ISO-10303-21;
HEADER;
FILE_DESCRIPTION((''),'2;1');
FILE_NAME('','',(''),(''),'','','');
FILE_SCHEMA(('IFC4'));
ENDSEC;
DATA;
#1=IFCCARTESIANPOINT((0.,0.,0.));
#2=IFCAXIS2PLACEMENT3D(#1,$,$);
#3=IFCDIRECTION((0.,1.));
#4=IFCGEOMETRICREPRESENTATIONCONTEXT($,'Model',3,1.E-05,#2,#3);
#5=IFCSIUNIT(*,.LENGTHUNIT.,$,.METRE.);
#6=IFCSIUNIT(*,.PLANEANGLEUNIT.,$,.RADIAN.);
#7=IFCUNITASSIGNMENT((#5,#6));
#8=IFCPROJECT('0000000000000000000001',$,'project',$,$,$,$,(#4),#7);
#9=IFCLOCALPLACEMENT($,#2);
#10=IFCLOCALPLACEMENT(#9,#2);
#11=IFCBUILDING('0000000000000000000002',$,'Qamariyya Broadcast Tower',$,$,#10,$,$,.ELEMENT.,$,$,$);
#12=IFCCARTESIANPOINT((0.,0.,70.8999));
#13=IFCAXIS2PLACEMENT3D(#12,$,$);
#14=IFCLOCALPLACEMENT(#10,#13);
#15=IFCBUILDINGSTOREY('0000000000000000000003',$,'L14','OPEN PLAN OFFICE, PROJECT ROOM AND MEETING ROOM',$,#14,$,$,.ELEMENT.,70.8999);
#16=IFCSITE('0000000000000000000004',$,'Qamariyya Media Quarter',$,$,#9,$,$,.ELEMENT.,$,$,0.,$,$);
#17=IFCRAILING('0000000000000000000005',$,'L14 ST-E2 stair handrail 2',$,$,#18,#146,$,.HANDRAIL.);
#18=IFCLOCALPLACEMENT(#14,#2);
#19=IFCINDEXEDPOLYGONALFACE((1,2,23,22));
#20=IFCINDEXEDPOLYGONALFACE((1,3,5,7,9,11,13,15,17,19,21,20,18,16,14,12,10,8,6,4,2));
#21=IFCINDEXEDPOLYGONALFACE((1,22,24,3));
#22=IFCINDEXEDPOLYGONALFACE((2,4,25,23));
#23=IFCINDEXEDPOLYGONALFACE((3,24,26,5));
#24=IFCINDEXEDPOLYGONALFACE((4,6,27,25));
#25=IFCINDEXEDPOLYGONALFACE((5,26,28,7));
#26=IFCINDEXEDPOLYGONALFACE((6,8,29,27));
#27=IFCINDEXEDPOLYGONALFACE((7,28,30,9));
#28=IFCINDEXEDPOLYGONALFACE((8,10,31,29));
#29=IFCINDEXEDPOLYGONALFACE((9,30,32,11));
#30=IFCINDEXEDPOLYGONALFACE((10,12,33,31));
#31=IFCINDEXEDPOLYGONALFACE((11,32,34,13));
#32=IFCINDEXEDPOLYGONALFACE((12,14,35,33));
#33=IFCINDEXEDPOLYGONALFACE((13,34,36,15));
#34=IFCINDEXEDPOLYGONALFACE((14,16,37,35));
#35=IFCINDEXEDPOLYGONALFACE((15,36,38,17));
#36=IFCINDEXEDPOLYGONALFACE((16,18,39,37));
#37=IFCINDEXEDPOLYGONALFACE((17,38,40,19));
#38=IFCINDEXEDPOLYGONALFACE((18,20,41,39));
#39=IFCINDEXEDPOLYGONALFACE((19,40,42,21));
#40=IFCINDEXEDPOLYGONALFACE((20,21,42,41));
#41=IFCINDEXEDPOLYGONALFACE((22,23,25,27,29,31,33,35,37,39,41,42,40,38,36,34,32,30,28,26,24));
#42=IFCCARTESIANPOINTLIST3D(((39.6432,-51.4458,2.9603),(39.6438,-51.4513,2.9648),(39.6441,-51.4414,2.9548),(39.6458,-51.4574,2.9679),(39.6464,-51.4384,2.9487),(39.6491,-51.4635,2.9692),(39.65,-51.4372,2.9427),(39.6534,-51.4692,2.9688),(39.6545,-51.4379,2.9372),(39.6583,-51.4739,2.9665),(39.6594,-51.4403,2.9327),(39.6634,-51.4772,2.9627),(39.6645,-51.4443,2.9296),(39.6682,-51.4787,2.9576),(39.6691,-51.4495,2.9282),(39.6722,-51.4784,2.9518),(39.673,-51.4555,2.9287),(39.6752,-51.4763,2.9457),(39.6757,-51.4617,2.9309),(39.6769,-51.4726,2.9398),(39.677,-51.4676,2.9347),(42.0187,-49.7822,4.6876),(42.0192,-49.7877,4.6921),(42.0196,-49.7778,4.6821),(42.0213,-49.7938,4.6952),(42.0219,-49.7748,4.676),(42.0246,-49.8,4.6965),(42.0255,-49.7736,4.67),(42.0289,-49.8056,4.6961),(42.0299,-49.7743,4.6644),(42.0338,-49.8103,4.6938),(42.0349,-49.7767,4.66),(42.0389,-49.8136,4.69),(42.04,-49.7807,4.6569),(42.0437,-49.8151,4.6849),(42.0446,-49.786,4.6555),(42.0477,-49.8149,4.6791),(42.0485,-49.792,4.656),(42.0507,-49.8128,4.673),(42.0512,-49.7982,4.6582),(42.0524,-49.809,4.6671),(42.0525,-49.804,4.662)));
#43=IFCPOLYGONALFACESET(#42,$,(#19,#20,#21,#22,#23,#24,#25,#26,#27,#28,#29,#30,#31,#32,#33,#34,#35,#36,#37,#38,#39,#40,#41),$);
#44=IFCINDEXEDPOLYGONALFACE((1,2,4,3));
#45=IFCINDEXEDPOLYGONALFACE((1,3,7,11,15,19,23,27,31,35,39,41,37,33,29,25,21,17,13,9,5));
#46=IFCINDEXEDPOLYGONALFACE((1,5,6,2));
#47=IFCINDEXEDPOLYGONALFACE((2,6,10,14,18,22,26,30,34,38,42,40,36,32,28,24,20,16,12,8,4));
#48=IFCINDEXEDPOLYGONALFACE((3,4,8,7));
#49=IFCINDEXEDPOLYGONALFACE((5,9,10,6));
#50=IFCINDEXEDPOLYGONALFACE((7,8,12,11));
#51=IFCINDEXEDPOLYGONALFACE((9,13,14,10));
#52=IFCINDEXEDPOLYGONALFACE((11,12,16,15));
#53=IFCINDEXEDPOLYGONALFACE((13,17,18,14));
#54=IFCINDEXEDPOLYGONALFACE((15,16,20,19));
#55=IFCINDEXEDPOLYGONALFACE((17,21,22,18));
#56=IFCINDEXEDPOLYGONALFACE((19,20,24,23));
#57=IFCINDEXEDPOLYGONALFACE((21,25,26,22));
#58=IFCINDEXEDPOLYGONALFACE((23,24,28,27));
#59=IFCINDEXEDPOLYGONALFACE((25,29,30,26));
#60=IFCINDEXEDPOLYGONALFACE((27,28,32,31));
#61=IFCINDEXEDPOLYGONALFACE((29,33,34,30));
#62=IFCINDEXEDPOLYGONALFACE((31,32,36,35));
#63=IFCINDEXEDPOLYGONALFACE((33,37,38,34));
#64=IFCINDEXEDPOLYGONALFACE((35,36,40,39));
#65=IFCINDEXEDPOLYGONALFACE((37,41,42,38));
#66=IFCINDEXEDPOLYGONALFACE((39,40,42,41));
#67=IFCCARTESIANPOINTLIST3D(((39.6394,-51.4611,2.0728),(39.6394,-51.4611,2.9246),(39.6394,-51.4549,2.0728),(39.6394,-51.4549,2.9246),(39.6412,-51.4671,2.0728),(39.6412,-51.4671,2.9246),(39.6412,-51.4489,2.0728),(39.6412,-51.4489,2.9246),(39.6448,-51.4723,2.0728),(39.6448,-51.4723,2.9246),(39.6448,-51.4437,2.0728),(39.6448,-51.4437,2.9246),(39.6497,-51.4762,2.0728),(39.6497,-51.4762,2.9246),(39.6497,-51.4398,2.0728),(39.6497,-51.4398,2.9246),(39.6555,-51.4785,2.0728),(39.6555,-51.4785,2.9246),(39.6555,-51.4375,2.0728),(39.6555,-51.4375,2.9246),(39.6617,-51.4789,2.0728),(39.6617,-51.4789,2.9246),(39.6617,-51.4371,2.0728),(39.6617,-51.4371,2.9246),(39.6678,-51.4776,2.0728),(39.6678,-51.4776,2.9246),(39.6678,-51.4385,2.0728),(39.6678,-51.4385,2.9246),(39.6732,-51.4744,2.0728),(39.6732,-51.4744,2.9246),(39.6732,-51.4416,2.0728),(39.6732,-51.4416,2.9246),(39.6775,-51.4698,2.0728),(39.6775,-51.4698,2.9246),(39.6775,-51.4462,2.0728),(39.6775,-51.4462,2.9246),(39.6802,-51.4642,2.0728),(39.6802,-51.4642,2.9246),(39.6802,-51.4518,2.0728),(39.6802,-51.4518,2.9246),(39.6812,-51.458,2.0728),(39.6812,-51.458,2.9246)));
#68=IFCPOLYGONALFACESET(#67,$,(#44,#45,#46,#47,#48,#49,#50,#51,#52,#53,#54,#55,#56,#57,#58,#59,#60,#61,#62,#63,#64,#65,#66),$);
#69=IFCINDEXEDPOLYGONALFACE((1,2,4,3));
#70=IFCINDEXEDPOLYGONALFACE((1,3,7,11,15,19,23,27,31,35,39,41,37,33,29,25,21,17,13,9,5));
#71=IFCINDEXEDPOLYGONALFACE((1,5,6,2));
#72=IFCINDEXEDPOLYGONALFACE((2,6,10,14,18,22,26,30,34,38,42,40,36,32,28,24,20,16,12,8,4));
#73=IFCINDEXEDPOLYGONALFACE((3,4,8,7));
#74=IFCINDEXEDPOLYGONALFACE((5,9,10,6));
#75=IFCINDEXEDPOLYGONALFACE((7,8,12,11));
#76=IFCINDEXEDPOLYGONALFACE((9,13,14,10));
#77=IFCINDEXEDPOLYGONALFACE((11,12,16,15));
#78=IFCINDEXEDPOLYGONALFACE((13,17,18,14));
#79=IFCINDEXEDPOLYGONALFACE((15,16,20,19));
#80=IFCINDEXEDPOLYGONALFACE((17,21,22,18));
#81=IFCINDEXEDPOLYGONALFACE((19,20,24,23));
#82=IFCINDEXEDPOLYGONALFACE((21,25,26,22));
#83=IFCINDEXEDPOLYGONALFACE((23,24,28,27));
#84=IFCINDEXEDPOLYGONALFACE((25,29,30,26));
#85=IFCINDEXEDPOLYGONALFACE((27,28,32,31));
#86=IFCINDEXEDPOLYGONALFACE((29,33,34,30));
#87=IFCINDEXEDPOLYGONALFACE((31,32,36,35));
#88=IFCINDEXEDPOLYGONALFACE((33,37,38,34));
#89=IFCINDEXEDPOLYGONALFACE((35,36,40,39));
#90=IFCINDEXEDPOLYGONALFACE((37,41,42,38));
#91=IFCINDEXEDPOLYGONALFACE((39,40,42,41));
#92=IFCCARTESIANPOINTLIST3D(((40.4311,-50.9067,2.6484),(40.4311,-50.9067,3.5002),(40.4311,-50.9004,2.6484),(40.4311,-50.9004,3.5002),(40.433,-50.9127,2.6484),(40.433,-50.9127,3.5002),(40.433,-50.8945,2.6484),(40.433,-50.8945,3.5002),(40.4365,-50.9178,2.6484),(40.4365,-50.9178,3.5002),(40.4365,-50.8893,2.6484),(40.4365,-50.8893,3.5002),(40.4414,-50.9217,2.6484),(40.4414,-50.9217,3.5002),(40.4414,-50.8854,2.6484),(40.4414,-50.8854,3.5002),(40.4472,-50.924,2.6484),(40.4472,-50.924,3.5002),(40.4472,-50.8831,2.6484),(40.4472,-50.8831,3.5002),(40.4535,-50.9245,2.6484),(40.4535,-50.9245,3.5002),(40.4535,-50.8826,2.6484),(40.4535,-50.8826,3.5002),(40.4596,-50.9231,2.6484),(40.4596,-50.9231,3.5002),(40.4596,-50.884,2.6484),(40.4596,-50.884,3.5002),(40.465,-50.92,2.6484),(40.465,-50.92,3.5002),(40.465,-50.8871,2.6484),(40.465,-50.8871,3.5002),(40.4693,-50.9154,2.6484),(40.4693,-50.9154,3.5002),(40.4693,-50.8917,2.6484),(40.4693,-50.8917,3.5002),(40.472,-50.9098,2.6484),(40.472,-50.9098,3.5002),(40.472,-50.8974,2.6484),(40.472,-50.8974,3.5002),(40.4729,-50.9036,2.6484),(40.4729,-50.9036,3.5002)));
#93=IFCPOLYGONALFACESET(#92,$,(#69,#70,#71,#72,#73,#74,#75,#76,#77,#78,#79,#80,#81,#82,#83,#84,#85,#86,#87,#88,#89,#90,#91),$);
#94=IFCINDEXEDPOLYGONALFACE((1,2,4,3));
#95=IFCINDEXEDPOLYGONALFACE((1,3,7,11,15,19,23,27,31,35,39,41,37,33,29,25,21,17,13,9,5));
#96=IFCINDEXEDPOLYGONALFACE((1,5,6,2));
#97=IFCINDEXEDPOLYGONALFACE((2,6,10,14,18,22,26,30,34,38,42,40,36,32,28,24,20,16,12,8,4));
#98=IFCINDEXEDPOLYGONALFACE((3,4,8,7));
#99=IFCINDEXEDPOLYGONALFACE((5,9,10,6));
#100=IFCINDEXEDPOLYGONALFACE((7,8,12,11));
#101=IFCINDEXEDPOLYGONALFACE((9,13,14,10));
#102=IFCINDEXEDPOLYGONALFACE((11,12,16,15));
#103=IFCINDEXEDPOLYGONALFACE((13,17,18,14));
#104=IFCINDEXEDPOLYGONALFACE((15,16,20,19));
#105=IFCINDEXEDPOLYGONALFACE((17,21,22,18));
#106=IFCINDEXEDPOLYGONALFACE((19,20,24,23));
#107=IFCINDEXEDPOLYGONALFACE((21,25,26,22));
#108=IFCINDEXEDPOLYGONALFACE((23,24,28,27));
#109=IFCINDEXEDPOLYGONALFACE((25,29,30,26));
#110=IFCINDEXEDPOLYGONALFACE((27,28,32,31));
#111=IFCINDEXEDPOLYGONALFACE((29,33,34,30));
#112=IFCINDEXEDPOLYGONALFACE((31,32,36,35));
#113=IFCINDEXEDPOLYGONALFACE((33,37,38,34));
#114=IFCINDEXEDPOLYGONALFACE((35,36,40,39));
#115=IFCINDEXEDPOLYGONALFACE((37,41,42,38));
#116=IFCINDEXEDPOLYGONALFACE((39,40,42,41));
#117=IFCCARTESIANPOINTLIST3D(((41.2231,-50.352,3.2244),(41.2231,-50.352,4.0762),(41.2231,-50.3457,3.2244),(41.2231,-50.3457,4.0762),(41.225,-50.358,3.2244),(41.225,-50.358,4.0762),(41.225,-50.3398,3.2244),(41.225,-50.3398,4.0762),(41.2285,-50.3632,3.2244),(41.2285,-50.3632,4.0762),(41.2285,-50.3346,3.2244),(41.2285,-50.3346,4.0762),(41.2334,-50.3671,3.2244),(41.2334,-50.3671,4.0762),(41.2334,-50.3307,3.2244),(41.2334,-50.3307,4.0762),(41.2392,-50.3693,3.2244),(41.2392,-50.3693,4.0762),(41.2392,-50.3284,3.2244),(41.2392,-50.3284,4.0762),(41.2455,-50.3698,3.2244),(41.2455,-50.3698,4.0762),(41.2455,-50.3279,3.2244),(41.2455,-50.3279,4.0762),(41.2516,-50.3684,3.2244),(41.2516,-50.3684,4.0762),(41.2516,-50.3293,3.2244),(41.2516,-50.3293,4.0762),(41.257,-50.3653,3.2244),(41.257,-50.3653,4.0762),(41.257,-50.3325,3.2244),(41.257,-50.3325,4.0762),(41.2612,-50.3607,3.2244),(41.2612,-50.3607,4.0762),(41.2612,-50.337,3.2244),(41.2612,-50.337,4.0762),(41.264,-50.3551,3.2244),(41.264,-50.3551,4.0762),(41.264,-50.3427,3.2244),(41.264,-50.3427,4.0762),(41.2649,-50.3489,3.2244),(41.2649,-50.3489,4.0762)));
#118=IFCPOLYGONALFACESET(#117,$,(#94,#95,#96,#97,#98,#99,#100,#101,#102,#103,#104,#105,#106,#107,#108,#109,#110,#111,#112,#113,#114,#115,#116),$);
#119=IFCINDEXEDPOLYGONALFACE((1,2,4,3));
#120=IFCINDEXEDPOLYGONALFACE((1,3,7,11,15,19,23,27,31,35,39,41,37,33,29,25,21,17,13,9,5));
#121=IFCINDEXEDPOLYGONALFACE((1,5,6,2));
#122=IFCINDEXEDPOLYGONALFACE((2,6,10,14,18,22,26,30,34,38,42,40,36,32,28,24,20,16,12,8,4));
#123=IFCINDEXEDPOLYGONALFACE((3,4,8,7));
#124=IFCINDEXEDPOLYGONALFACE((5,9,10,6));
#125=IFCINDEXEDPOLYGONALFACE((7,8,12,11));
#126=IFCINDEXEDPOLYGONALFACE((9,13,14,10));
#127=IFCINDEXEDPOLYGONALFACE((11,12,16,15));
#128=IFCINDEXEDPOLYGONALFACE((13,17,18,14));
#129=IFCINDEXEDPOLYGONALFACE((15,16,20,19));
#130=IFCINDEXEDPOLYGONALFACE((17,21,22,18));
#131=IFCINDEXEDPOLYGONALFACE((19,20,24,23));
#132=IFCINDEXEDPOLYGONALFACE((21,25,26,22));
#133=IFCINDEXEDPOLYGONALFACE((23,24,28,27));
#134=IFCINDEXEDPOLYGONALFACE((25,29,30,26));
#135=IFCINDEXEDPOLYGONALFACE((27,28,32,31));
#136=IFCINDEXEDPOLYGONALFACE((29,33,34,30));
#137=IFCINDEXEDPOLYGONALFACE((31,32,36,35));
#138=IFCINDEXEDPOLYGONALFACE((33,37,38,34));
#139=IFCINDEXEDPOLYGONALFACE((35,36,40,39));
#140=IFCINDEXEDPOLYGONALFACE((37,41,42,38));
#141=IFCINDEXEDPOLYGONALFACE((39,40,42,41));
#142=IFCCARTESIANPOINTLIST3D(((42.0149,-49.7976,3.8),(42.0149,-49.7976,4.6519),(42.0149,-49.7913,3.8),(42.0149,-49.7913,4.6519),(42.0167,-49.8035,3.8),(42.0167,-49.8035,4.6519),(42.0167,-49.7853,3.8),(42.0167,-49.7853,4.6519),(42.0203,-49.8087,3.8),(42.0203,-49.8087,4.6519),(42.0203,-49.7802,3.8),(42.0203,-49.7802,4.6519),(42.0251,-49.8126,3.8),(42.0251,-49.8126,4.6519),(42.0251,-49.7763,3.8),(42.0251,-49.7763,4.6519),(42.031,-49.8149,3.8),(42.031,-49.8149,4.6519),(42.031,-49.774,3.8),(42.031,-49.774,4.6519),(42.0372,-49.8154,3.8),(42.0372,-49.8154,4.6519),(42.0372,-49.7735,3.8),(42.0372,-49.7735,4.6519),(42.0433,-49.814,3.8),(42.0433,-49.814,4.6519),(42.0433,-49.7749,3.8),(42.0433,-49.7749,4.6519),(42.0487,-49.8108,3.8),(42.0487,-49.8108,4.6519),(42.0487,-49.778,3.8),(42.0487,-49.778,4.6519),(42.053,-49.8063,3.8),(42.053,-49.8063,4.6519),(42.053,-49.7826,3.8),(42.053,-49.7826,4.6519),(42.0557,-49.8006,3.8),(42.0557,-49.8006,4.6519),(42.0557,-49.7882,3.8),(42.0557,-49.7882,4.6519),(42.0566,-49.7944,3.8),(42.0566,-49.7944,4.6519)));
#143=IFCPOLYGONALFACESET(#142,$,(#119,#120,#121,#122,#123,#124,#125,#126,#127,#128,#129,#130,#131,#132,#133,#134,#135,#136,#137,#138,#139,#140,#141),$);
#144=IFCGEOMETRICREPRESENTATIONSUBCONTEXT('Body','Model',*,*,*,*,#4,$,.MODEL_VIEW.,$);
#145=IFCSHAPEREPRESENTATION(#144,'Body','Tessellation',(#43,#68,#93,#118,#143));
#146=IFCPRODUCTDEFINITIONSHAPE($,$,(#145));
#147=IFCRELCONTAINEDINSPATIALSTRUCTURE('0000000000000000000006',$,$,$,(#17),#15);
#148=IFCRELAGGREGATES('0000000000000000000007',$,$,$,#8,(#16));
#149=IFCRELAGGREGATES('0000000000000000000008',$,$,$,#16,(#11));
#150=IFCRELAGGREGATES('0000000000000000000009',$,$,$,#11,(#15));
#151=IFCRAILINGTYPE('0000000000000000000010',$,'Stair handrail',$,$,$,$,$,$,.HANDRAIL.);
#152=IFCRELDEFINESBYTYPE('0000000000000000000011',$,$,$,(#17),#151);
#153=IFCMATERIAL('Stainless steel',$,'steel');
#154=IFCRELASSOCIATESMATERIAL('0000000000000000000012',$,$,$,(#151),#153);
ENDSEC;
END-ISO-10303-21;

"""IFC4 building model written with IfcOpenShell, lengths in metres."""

from ifc_helpers import new_model, si_unit, direction, frame, origin, origin_2d, place, context, subcontext, project, spatial, circle, extrude, material, type_object, element, save


model = new_model("IFC4")

# Units and contexts
model_context = context("Model", 3, precision=1e-05, world=origin(), true_north=direction((0.0, 1.0)))
body_context = subcontext(model_context, "Body", "Model", "MODEL_VIEW")
ifc_project = project(units=[si_unit("LENGTHUNIT", "METRE"), si_unit("PLANEANGLEUNIT", "RADIAN")], contexts=[model_context])

# Site, building, storey
site_placement = place(None, origin())
site = spatial("IfcSite", under=ifc_project, at=site_placement, Name="Qamariyya Media Quarter", CompositionType="ELEMENT", RefElevation=0.0)
building_placement = place(site_placement, origin())
building = spatial("IfcBuilding", under=site, at=building_placement, Name="Qamariyya Broadcast Tower", CompositionType="ELEMENT")
storey_placement = place(building_placement, frame((0.0, 0.0, 70.8999)))
storey = spatial("IfcBuildingStorey", under=building, at=storey_placement, Name="L14", Description="OPEN PLAN OFFICE, PROJECT ROOM AND MEETING ROOM", CompositionType="ELEMENT", Elevation=70.8999)

# Railing
ifc_material_1 = material(Name="Stainless steel", Category="steel")
railing_type_1 = type_object("IfcRailingType", Name="Stair handrail", PredefinedType="HANDRAIL", material=ifc_material_1)
railing_1_placement = place(storey_placement, frame((39.6602, -51.458, 2.0728)))
element("IfcRailing", 1, at=railing_1_placement, inside=storey, type_object=railing_type_1, Name="L14 ST-E2 stair handrail 2", PredefinedType="HANDRAIL", context=body_context, shape_type="SweptSolid", body=[
    extrude(circle(Radius=0.0239, at=origin_2d()), frame((0.0, 0.0, 0.876), z_axis=(0.703745, 0.492838, 0.511716), x_axis=(-0.573632, 0.819113, 0.0)), (0.0, 0.0, 1.0), 3.3755),
    extrude(circle(Radius=0.021, at=origin_2d()), origin(), (0.0, 0.0, 1.0), 0.8518),
    extrude(circle(Radius=0.021, at=origin_2d()), frame((0.7917, 0.5544, 0.5757)), (0.0, 0.0, 1.0), 0.8518),
    extrude(circle(Radius=0.021, at=origin_2d()), frame((1.5837, 1.1091, 1.1516)), (0.0, 0.0, 1.0), 0.8518),
    extrude(circle(Radius=0.021, at=origin_2d()), frame((2.3755, 1.6636, 1.7273)), (0.0, 0.0, 1.0), 0.8518),
])

save(model, "model.ifc")
